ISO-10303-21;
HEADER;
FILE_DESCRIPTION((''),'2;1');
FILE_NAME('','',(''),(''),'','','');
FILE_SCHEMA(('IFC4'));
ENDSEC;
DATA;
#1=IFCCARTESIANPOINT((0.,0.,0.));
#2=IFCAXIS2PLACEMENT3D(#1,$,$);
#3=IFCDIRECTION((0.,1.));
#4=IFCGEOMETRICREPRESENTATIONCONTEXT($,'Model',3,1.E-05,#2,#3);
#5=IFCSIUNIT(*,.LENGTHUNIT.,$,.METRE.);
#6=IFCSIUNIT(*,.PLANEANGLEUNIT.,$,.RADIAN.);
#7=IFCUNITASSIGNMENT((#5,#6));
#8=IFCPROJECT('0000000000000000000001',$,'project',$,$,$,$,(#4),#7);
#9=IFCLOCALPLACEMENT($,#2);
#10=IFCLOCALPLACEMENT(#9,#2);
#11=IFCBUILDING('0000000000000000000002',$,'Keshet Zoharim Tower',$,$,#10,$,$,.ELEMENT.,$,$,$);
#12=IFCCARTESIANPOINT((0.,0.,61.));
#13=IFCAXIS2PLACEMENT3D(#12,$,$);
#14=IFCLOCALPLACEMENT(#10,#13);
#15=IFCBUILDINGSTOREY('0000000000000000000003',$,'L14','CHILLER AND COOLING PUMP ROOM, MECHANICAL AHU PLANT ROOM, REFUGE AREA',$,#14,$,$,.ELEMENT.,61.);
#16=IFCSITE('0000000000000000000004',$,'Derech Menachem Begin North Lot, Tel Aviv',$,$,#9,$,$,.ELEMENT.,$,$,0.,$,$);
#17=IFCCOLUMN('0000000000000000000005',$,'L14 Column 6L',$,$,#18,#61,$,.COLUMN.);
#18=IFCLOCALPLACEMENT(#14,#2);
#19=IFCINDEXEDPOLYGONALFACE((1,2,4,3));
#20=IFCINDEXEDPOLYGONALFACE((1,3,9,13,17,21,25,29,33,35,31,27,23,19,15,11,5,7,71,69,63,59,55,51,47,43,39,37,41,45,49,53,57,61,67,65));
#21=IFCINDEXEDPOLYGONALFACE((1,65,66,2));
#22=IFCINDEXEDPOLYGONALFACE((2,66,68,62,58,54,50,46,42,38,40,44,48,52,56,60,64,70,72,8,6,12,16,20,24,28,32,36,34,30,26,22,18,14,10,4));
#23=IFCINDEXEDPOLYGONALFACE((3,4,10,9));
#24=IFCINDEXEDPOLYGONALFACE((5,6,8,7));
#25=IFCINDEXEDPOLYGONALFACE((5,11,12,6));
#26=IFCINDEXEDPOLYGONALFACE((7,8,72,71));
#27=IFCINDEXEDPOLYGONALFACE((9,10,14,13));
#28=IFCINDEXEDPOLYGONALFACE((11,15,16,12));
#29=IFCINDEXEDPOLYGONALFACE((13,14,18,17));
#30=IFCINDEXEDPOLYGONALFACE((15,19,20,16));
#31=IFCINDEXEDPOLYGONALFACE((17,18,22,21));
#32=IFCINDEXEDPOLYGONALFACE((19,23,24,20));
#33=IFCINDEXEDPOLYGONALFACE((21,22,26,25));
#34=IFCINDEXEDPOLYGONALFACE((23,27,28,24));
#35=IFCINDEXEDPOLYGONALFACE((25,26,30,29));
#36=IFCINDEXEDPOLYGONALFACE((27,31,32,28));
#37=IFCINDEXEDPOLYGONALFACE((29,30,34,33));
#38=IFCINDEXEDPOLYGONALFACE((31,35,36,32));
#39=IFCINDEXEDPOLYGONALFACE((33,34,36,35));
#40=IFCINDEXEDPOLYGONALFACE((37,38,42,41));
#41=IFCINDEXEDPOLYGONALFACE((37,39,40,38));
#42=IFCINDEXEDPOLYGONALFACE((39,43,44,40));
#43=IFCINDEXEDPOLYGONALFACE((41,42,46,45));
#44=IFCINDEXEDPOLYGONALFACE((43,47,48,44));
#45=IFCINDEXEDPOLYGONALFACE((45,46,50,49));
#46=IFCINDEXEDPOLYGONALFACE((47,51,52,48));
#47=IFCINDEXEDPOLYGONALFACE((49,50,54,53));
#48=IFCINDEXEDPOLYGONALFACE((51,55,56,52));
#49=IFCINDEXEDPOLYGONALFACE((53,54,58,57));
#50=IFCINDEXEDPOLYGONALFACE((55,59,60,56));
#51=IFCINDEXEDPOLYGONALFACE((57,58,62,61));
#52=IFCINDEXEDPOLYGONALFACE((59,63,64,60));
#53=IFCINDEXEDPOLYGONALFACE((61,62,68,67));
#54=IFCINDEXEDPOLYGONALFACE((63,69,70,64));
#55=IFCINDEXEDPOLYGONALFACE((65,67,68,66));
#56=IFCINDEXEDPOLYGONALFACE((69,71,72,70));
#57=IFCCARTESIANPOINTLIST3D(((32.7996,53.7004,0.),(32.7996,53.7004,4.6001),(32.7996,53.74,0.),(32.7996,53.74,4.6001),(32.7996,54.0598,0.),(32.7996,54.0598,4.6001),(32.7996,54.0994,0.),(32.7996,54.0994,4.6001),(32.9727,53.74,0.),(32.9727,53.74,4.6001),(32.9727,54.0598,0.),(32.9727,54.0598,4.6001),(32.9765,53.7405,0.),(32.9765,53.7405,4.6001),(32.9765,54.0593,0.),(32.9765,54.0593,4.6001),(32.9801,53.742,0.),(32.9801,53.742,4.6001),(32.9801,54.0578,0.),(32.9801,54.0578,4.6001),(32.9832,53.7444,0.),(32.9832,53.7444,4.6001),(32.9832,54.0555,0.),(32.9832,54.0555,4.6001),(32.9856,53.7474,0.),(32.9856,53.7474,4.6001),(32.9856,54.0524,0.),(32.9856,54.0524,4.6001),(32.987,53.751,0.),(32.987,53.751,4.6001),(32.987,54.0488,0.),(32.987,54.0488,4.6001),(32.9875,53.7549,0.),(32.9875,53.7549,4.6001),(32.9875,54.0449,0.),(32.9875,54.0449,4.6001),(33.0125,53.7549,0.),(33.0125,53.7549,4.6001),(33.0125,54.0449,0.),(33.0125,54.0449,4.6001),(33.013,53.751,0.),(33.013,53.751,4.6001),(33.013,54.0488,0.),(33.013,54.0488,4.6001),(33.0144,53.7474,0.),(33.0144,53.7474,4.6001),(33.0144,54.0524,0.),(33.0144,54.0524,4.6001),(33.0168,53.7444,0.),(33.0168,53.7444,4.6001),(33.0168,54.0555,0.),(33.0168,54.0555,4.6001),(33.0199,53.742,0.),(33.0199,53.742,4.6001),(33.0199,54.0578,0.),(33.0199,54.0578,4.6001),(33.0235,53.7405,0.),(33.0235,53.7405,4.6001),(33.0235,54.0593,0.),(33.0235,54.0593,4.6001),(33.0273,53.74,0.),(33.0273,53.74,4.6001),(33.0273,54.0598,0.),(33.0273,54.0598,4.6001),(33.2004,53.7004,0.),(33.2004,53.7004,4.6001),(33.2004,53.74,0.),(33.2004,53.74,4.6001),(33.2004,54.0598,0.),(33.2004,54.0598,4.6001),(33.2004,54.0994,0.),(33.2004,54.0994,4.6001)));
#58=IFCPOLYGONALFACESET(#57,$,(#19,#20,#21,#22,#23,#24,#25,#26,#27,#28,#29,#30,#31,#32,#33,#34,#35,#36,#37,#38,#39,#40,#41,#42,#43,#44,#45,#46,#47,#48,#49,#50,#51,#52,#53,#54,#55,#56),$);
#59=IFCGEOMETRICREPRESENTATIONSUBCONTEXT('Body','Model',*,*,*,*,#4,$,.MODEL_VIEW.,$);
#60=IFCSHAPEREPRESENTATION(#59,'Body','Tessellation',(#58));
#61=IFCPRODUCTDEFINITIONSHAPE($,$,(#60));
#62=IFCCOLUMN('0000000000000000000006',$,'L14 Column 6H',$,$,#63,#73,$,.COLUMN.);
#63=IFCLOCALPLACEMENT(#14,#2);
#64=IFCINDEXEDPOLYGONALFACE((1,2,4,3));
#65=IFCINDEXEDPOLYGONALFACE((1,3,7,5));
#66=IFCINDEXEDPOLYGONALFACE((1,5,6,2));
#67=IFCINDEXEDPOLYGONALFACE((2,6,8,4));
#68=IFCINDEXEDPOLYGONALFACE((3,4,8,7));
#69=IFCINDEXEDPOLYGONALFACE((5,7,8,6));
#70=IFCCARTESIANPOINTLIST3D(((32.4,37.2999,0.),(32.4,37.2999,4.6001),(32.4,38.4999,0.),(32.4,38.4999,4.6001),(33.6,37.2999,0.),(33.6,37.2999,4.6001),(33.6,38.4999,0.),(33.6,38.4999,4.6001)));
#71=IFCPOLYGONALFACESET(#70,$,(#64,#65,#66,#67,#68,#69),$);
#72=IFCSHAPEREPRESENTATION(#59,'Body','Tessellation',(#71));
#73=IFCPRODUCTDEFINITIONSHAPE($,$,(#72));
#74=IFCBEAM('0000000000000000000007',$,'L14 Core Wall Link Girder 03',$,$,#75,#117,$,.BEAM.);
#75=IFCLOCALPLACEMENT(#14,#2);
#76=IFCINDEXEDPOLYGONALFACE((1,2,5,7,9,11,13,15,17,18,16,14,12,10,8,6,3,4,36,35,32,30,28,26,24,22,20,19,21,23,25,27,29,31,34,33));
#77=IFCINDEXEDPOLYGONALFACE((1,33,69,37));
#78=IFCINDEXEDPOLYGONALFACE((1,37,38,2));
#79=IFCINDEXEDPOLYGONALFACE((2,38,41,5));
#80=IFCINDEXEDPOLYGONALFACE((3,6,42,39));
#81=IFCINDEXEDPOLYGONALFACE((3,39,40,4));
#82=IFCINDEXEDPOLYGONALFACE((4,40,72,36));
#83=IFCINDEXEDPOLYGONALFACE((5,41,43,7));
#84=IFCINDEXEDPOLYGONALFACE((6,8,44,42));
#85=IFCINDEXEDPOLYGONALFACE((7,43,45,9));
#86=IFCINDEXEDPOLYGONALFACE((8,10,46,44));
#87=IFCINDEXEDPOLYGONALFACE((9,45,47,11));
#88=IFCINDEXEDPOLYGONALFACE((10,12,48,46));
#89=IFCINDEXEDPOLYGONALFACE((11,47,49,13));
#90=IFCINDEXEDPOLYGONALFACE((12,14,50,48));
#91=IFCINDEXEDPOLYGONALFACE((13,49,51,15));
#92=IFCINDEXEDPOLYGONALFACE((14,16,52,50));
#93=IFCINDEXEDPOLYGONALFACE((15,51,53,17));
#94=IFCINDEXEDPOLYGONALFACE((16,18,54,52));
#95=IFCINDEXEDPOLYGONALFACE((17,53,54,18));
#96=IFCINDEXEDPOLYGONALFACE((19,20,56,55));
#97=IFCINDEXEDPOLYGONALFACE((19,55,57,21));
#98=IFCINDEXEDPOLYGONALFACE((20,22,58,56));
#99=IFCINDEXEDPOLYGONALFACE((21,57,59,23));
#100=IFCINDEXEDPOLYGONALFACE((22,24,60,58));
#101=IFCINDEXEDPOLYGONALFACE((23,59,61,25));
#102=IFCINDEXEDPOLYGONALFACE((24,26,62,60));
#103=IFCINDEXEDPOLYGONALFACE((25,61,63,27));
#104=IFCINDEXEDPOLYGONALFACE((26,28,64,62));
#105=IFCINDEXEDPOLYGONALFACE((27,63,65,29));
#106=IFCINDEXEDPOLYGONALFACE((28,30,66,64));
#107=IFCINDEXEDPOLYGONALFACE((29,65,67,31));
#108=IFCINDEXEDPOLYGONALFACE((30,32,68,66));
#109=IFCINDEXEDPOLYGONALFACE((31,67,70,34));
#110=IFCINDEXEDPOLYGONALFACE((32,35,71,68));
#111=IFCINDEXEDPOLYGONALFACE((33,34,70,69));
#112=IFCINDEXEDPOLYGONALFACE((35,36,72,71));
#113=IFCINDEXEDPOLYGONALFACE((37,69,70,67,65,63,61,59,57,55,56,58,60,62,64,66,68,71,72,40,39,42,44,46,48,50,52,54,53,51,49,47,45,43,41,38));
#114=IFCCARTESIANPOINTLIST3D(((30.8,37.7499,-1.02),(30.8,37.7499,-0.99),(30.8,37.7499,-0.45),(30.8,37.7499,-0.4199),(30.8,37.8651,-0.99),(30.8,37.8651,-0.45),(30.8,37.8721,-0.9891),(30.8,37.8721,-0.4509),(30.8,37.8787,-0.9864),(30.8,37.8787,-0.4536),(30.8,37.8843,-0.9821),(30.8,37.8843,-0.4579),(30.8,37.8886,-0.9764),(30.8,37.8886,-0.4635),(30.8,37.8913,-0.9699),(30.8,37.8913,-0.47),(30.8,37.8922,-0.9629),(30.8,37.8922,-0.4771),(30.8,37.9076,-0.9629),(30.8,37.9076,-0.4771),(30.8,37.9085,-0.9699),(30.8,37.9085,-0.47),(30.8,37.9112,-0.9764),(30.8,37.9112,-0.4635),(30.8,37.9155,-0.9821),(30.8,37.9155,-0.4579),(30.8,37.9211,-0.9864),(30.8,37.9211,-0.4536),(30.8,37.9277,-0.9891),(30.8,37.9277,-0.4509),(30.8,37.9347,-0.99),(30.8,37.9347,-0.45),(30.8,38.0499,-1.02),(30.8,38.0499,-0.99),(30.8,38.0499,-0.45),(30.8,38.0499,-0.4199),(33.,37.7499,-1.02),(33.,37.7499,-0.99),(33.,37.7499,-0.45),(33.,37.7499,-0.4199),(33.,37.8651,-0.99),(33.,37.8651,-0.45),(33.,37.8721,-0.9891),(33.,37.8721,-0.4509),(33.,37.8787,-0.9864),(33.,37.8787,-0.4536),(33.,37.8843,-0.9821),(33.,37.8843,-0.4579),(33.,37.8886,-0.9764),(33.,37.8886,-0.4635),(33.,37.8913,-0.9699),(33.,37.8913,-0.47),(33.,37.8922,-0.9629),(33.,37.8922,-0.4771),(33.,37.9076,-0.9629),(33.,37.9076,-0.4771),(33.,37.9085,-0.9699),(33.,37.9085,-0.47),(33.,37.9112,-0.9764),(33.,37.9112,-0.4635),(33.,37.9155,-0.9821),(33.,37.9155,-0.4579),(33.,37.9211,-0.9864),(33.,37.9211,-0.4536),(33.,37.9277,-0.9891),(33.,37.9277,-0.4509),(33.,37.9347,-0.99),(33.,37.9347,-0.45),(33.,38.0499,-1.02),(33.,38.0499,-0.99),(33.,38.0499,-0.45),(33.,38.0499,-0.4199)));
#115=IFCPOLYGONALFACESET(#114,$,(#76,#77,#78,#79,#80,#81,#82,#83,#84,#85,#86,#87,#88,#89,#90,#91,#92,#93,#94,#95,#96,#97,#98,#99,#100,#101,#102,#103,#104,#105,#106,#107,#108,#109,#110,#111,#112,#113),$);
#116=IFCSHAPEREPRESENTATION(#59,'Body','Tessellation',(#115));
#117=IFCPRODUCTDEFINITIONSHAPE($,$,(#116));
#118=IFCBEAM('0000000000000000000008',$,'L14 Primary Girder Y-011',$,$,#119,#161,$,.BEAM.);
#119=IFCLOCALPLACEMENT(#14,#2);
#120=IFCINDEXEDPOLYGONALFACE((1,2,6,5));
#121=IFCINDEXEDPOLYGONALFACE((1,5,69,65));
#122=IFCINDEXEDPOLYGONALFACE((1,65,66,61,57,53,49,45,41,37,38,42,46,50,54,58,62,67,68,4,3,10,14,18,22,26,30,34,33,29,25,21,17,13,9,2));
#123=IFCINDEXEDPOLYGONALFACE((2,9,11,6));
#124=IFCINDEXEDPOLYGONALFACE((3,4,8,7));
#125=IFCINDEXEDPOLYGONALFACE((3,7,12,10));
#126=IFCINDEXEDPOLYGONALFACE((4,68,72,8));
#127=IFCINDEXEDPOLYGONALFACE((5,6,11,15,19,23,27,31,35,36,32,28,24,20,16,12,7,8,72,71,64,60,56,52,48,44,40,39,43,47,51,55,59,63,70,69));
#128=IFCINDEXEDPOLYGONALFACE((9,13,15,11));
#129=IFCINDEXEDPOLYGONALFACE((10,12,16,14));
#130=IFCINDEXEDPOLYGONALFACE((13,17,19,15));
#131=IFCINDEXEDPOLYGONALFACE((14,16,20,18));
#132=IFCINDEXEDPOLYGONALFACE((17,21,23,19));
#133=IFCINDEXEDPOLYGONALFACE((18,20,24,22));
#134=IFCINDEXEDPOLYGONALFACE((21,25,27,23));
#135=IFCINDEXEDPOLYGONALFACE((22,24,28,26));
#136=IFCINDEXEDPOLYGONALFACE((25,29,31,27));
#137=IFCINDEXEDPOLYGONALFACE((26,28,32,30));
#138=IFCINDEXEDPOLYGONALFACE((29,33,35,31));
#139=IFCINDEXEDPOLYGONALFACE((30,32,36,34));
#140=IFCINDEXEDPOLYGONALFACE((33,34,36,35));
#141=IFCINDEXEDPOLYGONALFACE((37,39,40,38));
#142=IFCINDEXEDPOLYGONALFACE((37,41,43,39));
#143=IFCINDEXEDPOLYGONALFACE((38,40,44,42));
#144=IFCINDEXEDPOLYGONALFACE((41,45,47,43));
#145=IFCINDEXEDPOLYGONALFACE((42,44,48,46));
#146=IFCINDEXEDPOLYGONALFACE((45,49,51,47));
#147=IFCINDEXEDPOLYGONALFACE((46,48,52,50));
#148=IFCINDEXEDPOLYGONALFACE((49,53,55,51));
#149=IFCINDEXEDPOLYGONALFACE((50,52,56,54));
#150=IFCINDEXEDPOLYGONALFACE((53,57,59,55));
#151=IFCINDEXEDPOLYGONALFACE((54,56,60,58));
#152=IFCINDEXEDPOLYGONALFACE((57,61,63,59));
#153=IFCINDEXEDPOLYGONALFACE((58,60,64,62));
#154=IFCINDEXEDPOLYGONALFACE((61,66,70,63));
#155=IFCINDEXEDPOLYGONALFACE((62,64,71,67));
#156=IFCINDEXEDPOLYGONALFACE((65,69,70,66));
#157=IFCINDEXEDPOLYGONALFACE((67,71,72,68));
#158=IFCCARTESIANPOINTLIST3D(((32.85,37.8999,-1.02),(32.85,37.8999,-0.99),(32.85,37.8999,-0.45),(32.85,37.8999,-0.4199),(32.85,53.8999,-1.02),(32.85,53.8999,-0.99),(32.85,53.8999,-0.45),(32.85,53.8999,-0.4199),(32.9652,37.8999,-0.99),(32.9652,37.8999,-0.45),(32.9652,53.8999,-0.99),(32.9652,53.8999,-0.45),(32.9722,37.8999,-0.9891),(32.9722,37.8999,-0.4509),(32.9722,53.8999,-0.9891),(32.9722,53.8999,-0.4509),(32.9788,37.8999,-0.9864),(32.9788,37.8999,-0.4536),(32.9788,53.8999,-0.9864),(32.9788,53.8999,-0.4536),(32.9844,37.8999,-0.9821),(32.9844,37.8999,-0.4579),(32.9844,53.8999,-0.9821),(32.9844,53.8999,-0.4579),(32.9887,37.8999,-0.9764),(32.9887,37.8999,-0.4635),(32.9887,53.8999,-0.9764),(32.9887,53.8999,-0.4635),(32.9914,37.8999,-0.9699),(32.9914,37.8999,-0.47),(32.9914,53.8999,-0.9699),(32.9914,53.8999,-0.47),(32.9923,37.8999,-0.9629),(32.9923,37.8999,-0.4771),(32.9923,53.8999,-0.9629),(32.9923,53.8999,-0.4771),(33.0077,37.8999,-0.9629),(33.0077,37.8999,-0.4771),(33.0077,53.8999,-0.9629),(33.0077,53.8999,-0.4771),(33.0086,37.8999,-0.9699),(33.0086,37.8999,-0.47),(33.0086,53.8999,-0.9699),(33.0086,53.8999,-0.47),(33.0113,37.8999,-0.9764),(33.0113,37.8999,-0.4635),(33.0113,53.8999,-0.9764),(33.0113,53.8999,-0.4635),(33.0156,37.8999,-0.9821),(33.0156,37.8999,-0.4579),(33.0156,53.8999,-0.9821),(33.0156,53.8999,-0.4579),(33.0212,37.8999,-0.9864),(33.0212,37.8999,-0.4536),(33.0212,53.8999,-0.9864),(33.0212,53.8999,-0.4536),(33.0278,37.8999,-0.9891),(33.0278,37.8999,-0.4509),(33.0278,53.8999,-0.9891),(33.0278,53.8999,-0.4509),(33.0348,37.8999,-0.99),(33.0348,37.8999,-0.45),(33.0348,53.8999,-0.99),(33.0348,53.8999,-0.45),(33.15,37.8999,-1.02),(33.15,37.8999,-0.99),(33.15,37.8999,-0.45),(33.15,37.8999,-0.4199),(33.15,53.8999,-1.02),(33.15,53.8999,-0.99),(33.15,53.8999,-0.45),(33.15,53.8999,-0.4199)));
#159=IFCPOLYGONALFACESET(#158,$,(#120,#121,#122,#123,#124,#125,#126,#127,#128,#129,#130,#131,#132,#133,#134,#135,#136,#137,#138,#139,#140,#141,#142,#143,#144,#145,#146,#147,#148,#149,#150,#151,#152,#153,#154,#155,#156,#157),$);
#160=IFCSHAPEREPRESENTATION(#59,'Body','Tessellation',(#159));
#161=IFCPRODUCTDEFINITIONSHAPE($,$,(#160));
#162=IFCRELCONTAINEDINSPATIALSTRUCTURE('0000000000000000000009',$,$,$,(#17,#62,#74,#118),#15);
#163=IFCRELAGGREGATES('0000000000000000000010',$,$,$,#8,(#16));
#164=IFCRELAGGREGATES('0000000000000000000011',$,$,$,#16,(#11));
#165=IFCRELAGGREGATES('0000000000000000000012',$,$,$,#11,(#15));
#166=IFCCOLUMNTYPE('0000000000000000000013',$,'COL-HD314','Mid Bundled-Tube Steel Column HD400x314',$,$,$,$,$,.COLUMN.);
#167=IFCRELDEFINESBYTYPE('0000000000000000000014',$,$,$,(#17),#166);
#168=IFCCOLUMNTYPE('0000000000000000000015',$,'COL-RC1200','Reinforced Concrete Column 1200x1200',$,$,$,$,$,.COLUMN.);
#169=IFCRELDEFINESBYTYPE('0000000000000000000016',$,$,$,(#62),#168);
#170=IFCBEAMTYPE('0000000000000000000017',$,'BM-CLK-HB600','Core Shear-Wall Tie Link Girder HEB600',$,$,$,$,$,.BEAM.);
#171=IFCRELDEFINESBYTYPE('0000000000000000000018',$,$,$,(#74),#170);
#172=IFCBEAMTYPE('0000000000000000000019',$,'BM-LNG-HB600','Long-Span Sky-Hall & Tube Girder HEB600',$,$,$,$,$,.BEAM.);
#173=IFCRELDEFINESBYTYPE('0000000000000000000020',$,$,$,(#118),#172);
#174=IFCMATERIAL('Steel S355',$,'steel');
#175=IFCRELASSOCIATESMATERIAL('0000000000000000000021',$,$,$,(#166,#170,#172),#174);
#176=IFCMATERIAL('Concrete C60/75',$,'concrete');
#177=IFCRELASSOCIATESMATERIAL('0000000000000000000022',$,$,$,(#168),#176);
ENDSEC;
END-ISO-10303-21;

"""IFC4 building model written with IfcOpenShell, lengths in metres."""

from ifc_helpers import new_model, si_unit, direction, frame, origin, origin_2d, place, context, subcontext, project, spatial, rectangle, i_section, extrude, material, material_profile, profile_set, type_object, element, save


model = new_model("IFC4")

# Units and contexts
model_context = context("Model", 3, precision=1e-05, world=origin(), true_north=direction((0.0, 1.0)))
body_context = subcontext(model_context, "Body", "Model", "MODEL_VIEW")
ifc_project = project(units=[si_unit("LENGTHUNIT", "METRE"), si_unit("PLANEANGLEUNIT", "RADIAN")], contexts=[model_context])

# Site, building, storey
site_placement = place(None, origin())
site = spatial("IfcSite", under=ifc_project, at=site_placement, Name="Derech Menachem Begin North Lot, Tel Aviv", CompositionType="ELEMENT", RefElevation=0.0)
building_placement = place(site_placement, origin())
building = spatial("IfcBuilding", under=site, at=building_placement, Name="Keshet Zoharim Tower", CompositionType="ELEMENT")
storey_placement = place(building_placement, frame((0.0, 0.0, 61.0)))
storey = spatial("IfcBuildingStorey", under=building, at=storey_placement, Name="L14", Description="CHILLER AND COOLING PUMP ROOM, MECHANICAL AHU PLANT ROOM, REFUGE AREA", CompositionType="ELEMENT", Elevation=61.0)

# Columns
ifc_material_1 = material(Name="Steel S355", Category="steel")
ifc_material_profile_1 = material_profile(ifc_material_1, i_section(OverallWidth=0.4009, OverallDepth=0.3989, WebThickness=0.0249, FlangeThickness=0.0396, FilletRadius=0.0149, at=origin_2d()), Name="HD400x314")
ifc_profile_set_1 = profile_set([ifc_material_profile_1], Name="Steel S355")
column_type_1 = type_object("IfcColumnType", Name="COL-HD314", Description="Mid Bundled-Tube Steel Column HD400x314", PredefinedType="COLUMN", material=ifc_profile_set_1)
column_1_placement = place(storey_placement, frame((33.0, 53.8999, 0.0), z_axis=(0.0, 0.0, 1.0), x_axis=(1.0, 0.0, 0.0)))
element("IfcColumn", 1, at=column_1_placement, inside=storey, type_object=column_type_1, Name="L14 Column 6L", PredefinedType="COLUMN", context=body_context, shape_type="SweptSolid", body=[
    extrude(i_section(OverallWidth=0.4009, OverallDepth=0.3989, WebThickness=0.0249, FlangeThickness=0.0396, FilletRadius=0.0149, at=origin_2d()), origin(), (0.0, 0.0, 1.0), 4.6001),
])
ifc_material_2 = material(Name="Concrete C60/75", Category="concrete")
ifc_material_profile_2 = material_profile(ifc_material_2, rectangle(XDim=1.2, YDim=1.2, at=origin_2d()), Name="RC1200x1200")
ifc_profile_set_2 = profile_set([ifc_material_profile_2], Name="Concrete C60/75")
column_type_2 = type_object("IfcColumnType", Name="COL-RC1200", Description="Reinforced Concrete Column 1200x1200", PredefinedType="COLUMN", material=ifc_profile_set_2)
column_2_placement = place(storey_placement, frame((33.0, 37.8999, 0.0), z_axis=(0.0, 0.0, 1.0), x_axis=(1.0, 0.0, 0.0)))
element("IfcColumn", 2, at=column_2_placement, inside=storey, type_object=column_type_2, Name="L14 Column 6H", PredefinedType="COLUMN", context=body_context, shape_type="SweptSolid", body=[
    extrude(rectangle(XDim=1.2, YDim=1.2, at=origin_2d()), origin(), (0.0, 0.0, 1.0), 4.6001),
])

# Beams
ifc_material_profile_3 = material_profile(ifc_material_1, i_section(OverallWidth=0.3, OverallDepth=0.6001, WebThickness=0.0154, FlangeThickness=0.03, FilletRadius=0.0271, at=origin_2d()), Name="HEB600")
ifc_profile_set_3 = profile_set([ifc_material_profile_3], Name="Steel S355")
beam_type_1 = type_object("IfcBeamType", Name="BM-CLK-HB600", Description="Core Shear-Wall Tie Link Girder HEB600", PredefinedType="BEAM", material=ifc_profile_set_3)
beam_1_placement = place(storey_placement, frame((30.8, 37.8999, -0.72), z_axis=(1.0, 0.0, 0.0), x_axis=(0.0, 1.0, 0.0)))
element("IfcBeam", 3, at=beam_1_placement, inside=storey, type_object=beam_type_1, Name="L14 Core Wall Link Girder 03", PredefinedType="BEAM", context=body_context, shape_type="SweptSolid", body=[
    extrude(i_section(OverallWidth=0.3, OverallDepth=0.6001, WebThickness=0.0154, FlangeThickness=0.03, FilletRadius=0.0271, at=origin_2d()), origin(), (0.0, 0.0, 1.0), 2.2),
])
ifc_material_profile_4 = material_profile(ifc_material_1, i_section(OverallWidth=0.3, OverallDepth=0.6001, WebThickness=0.0154, FlangeThickness=0.03, FilletRadius=0.0271, at=origin_2d()), Name="HEB600")
ifc_profile_set_4 = profile_set([ifc_material_profile_4], Name="Steel S355")
beam_type_2 = type_object("IfcBeamType", Name="BM-LNG-HB600", Description="Long-Span Sky-Hall & Tube Girder HEB600", PredefinedType="BEAM", material=ifc_profile_set_4)
beam_2_placement = place(storey_placement, frame((33.0, 37.8999, -0.72), z_axis=(0.0, 1.0, 0.0), x_axis=(-1.0, 0.0, 0.0)))
element("IfcBeam", 4, at=beam_2_placement, inside=storey, type_object=beam_type_2, Name="L14 Primary Girder Y-011", PredefinedType="BEAM", context=body_context, shape_type="SweptSolid", body=[
    extrude(i_section(OverallWidth=0.3, OverallDepth=0.6001, WebThickness=0.0154, FlangeThickness=0.03, FilletRadius=0.0271, at=origin_2d()), origin(), (0.0, 0.0, 1.0), 16.0),
])

save(model, "model.ifc")
